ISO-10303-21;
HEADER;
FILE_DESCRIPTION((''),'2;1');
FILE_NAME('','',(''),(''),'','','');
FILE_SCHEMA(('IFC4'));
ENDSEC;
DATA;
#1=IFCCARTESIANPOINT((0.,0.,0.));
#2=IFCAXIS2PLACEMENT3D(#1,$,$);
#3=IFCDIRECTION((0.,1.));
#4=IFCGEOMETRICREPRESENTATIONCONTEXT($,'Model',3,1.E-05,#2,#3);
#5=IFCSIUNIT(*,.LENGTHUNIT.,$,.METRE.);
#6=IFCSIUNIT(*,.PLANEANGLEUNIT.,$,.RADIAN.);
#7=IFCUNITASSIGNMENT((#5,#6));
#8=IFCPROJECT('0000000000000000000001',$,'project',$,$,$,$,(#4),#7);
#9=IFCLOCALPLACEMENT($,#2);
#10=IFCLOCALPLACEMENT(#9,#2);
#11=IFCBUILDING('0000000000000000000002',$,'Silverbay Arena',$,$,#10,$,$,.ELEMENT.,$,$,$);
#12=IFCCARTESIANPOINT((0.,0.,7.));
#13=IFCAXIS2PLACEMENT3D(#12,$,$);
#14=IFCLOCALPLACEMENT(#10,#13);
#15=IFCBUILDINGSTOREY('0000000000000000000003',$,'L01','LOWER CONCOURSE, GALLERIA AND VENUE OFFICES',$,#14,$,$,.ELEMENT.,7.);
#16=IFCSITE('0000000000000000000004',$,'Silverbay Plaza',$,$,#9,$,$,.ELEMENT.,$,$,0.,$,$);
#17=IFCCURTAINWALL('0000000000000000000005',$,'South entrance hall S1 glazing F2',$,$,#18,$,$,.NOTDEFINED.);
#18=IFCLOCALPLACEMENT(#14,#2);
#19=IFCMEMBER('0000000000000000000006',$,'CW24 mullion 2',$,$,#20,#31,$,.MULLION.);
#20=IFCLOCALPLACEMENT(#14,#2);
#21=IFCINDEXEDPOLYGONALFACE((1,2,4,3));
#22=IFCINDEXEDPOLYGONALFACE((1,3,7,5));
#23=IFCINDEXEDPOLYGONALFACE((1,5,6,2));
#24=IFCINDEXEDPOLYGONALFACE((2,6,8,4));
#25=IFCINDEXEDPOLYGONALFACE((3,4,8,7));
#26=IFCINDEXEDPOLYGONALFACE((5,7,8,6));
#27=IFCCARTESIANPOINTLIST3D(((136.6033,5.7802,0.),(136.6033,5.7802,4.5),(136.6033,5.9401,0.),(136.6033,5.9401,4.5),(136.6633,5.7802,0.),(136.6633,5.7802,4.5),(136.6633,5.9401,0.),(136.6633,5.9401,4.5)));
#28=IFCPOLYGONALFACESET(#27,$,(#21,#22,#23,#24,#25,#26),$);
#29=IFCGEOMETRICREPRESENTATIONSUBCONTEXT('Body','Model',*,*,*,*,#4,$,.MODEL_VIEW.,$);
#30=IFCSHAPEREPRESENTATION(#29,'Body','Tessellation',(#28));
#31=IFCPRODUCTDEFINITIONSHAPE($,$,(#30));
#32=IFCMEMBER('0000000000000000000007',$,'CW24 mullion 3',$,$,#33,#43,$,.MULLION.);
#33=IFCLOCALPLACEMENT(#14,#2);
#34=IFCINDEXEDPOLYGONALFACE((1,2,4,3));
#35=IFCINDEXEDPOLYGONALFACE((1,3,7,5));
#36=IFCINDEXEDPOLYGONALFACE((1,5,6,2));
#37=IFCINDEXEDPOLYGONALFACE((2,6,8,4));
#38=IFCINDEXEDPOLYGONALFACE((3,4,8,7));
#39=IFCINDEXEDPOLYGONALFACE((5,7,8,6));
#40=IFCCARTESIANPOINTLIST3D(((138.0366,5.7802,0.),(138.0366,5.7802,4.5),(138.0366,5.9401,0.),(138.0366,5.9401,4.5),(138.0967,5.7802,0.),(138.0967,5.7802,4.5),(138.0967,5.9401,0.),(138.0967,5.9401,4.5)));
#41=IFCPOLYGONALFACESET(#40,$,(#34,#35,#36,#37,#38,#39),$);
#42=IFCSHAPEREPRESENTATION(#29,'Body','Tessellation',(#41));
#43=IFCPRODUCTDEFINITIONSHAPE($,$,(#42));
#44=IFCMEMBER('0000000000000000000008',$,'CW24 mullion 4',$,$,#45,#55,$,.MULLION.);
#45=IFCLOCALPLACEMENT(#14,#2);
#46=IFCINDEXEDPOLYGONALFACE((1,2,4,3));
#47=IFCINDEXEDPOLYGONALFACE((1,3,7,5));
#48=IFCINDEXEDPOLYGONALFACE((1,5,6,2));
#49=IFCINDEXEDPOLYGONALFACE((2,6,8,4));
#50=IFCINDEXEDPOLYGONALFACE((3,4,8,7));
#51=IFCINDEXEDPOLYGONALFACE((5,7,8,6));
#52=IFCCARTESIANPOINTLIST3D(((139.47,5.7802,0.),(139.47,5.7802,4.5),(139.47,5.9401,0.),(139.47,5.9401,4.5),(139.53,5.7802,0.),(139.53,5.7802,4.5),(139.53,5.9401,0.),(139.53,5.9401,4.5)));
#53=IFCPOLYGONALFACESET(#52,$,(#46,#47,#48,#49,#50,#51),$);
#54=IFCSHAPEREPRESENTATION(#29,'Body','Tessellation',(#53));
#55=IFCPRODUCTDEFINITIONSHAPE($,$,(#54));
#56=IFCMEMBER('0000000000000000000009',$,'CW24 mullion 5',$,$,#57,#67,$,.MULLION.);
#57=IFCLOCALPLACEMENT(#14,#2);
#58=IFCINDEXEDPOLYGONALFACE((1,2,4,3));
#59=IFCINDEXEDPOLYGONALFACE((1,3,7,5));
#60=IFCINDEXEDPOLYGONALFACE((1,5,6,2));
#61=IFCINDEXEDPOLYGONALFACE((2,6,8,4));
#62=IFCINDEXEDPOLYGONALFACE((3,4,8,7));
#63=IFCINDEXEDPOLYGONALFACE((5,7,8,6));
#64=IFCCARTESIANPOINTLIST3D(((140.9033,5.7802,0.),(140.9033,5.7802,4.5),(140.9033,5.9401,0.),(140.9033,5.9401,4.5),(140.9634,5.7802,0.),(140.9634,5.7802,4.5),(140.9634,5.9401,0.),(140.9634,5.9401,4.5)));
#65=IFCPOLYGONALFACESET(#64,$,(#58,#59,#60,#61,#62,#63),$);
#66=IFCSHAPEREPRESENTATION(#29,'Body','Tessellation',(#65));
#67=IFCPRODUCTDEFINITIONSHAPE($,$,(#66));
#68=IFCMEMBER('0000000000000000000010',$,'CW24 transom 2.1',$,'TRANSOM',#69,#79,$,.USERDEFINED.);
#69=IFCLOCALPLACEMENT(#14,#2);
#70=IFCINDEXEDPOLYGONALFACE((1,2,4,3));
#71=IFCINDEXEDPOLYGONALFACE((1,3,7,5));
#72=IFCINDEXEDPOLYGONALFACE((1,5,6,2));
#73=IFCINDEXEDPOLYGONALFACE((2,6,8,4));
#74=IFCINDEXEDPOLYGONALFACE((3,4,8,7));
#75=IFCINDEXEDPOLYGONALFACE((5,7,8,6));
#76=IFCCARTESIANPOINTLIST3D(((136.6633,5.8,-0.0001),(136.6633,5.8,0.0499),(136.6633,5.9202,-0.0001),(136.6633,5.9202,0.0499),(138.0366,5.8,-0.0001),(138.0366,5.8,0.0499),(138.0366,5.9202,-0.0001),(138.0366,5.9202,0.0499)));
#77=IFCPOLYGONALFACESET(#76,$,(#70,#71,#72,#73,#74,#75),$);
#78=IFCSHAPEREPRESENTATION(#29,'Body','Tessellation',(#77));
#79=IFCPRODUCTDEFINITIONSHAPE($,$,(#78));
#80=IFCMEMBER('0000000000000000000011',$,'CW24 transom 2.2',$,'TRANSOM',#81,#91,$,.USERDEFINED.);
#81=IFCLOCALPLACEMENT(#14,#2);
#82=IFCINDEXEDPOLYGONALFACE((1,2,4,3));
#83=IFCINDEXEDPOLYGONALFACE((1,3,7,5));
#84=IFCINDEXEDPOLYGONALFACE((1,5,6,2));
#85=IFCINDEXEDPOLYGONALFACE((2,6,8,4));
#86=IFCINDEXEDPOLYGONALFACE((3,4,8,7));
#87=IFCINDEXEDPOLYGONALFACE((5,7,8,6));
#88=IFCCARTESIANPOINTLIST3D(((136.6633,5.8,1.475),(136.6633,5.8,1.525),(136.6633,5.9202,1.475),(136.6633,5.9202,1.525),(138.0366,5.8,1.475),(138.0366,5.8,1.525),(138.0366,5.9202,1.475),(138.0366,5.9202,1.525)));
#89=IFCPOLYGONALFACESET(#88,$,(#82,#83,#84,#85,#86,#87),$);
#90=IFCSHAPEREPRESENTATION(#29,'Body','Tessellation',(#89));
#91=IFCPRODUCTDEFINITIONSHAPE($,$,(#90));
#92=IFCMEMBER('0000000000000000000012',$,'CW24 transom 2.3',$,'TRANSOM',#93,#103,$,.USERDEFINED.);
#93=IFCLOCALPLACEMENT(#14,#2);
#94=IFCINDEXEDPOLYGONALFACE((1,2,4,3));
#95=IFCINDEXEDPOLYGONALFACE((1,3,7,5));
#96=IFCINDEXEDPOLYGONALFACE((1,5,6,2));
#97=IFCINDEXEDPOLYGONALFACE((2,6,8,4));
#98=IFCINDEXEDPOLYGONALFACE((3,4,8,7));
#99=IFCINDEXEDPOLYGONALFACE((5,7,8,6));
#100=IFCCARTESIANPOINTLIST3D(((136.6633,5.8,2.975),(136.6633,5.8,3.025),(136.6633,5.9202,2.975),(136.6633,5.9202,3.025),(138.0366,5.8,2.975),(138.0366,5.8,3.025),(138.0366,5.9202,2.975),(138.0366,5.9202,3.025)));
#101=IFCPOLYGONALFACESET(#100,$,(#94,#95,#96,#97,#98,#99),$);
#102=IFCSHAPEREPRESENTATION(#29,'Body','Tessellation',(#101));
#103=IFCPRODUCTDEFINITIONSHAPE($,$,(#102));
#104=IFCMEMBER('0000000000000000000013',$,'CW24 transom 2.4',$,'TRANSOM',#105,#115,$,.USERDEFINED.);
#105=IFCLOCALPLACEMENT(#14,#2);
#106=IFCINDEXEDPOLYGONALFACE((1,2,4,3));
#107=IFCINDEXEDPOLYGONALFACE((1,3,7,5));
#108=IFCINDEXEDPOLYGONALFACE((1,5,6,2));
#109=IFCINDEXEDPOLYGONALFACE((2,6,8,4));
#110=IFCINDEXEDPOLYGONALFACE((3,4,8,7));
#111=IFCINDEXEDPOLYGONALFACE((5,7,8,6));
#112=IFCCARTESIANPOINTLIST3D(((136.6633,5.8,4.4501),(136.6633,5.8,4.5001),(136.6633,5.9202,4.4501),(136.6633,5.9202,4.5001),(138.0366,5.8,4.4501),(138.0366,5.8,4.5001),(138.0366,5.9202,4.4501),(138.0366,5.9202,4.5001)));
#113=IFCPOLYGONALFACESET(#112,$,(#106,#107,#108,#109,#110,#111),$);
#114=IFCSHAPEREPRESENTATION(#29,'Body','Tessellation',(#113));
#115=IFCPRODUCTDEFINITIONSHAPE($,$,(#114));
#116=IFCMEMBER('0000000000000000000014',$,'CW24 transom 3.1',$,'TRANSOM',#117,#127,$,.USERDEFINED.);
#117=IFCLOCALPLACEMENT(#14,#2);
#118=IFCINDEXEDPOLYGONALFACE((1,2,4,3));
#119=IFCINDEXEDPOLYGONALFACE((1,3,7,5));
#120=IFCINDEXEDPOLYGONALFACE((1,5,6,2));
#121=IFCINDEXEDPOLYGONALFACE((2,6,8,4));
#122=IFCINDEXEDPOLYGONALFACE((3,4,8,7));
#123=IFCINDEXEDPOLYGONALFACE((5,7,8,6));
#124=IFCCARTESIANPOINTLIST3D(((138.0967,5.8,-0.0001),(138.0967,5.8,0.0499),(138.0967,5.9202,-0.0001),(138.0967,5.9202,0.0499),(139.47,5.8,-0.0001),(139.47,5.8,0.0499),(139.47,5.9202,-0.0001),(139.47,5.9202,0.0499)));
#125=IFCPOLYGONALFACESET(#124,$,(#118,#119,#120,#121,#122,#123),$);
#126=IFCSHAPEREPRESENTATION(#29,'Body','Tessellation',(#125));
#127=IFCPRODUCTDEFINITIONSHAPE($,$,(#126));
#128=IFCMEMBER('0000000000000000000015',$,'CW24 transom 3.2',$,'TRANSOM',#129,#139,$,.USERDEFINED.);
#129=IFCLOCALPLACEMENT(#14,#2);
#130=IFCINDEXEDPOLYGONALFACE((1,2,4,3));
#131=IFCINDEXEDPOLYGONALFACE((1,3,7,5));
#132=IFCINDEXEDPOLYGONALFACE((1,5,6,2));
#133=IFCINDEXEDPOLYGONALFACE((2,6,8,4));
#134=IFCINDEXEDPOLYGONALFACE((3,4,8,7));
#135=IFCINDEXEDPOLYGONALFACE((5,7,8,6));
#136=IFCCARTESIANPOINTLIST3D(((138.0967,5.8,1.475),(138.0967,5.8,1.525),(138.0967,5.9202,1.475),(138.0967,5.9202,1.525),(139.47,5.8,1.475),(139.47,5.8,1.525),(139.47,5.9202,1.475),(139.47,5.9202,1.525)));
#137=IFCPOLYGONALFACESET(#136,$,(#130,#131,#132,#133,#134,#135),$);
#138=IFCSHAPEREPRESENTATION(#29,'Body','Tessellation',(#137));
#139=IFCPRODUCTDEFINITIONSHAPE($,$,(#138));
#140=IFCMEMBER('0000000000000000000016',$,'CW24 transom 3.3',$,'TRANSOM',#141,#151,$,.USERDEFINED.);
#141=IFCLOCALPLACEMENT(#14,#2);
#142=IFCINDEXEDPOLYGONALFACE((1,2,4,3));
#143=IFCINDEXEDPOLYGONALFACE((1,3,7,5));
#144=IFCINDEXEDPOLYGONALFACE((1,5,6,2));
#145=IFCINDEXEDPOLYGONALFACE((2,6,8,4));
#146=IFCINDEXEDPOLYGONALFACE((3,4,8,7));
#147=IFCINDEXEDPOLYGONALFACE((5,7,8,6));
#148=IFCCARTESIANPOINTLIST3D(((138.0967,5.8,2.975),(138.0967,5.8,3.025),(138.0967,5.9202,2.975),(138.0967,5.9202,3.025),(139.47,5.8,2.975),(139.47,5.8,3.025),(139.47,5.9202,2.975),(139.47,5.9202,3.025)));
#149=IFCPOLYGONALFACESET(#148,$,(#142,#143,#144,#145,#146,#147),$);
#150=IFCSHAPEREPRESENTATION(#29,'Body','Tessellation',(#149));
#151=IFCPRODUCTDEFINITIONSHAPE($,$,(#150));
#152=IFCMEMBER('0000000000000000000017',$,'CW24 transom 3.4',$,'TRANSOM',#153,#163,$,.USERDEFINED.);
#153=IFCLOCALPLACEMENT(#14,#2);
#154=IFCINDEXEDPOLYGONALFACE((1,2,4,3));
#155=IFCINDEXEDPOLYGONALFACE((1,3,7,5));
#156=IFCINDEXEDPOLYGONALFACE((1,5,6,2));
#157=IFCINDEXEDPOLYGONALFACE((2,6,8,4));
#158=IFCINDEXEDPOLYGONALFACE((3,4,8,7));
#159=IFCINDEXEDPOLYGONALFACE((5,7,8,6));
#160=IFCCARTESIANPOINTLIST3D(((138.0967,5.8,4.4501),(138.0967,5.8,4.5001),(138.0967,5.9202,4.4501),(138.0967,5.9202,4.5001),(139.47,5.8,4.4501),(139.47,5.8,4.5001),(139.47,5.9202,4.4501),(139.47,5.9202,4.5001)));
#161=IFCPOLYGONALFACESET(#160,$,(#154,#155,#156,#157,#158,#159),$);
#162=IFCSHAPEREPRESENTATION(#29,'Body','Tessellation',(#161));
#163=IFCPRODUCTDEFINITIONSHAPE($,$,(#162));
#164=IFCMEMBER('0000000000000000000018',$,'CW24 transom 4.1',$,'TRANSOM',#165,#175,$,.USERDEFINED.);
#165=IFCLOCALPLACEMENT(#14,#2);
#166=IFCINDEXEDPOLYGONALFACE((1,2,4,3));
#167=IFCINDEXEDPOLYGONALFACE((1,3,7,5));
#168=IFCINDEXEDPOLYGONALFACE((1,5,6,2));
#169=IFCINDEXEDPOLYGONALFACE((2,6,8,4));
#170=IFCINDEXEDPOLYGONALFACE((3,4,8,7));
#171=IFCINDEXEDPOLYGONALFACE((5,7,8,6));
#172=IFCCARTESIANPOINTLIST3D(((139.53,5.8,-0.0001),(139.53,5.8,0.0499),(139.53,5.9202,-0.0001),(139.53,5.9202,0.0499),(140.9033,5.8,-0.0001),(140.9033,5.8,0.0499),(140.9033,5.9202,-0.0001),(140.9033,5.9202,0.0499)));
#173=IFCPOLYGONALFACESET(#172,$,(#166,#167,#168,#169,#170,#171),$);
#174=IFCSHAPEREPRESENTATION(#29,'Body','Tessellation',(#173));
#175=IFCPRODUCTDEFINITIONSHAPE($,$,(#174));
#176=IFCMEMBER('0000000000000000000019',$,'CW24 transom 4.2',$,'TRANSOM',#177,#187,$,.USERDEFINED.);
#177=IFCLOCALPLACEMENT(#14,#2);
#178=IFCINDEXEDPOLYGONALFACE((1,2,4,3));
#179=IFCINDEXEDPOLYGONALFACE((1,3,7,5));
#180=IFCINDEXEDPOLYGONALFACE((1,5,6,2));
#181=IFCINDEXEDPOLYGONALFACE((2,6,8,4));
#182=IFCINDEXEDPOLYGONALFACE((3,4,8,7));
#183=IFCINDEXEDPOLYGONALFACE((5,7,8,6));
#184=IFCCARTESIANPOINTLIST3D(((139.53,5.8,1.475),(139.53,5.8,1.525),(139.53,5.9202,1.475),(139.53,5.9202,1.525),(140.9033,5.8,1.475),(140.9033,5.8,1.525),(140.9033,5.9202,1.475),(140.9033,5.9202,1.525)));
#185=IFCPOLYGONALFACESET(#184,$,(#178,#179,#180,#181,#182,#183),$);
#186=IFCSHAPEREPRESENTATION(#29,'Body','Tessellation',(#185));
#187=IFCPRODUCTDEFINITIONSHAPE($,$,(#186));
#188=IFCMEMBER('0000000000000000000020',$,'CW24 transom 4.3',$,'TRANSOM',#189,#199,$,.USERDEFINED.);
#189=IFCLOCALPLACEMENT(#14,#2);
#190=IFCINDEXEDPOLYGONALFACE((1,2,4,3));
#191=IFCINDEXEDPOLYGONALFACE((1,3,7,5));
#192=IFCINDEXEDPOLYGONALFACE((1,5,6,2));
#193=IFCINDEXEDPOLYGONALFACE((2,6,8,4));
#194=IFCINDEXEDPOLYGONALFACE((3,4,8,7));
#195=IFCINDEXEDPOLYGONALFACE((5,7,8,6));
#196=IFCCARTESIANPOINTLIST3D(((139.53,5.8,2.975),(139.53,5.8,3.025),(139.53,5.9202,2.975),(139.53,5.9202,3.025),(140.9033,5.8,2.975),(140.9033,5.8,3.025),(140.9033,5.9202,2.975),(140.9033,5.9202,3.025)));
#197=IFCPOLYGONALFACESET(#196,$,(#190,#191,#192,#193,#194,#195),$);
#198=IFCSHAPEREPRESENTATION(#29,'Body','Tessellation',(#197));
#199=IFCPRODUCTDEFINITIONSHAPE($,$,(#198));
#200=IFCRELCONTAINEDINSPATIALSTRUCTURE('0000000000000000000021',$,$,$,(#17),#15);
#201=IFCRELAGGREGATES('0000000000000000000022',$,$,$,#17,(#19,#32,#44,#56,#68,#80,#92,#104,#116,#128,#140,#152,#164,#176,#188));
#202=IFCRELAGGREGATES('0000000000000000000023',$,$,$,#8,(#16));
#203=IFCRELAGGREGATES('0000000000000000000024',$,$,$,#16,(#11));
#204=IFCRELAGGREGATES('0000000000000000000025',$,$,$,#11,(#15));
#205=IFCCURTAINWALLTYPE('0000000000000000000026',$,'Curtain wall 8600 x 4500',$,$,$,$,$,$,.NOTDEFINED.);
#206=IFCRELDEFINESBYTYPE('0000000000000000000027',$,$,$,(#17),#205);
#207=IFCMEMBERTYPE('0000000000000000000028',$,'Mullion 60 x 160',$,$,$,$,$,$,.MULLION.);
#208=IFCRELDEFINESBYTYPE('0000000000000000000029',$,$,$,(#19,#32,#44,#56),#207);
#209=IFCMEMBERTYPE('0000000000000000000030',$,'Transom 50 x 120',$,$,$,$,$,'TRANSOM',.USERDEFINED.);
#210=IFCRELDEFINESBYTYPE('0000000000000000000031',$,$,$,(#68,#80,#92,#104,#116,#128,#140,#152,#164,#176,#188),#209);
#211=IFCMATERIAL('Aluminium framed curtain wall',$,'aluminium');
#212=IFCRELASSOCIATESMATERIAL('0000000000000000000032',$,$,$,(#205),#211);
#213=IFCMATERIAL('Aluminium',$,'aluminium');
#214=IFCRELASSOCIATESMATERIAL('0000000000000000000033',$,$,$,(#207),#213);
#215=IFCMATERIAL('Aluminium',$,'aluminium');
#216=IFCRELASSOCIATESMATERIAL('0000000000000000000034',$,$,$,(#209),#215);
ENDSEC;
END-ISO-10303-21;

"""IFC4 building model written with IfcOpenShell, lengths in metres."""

from ifc_helpers import new_model, si_unit, direction, frame, origin, origin_2d, place, context, subcontext, project, spatial, rectangle, extrude, material, material_profile, profile_set, type_object, element, aggregate, save


model = new_model("IFC4")

# Units and contexts
model_context = context("Model", 3, precision=1e-05, world=origin(), true_north=direction((0.0, 1.0)))
body_context = subcontext(model_context, "Body", "Model", "MODEL_VIEW")
ifc_project = project(units=[si_unit("LENGTHUNIT", "METRE"), si_unit("PLANEANGLEUNIT", "RADIAN")], contexts=[model_context])

# Site, building, storey
site_placement = place(None, origin())
site = spatial("IfcSite", under=ifc_project, at=site_placement, Name="Silverbay Plaza", CompositionType="ELEMENT", RefElevation=0.0)
building_placement = place(site_placement, origin())
building = spatial("IfcBuilding", under=site, at=building_placement, Name="Silverbay Arena", CompositionType="ELEMENT")
storey_placement = place(building_placement, frame((0.0, 0.0, 7.0)))
storey = spatial("IfcBuildingStorey", under=building, at=storey_placement, Name="L01", Description="LOWER CONCOURSE, GALLERIA AND VENUE OFFICES", CompositionType="ELEMENT", Elevation=7.0)

# Curtain wall, members
ifc_material_1 = material(Name="Aluminium framed curtain wall", Category="aluminium")
curtain_wall_type = type_object("IfcCurtainWallType", Name="Curtain wall 8600 x 4500", PredefinedType="NOTDEFINED", material=ifc_material_1)
curtain_wall_placement = place(storey_placement, origin())
curtain_wall = element("IfcCurtainWall", 1, at=curtain_wall_placement, inside=storey, type_object=curtain_wall_type, Name="South entrance hall S1 glazing F2", PredefinedType="NOTDEFINED")
ifc_material_2 = material(Name="Aluminium", Category="aluminium")
ifc_material_profile_1 = material_profile(ifc_material_2, rectangle(XDim=0.1599, YDim=0.0601, at=origin_2d()), Name="Mullion 60 x 160")
ifc_profile_set_1 = profile_set([ifc_material_profile_1], Name="Aluminium")
member_type_1 = type_object("IfcMemberType", Name="Mullion 60 x 160", PredefinedType="MULLION", material=ifc_profile_set_1)
member_1_placement = place(storey_placement, frame((136.6333, 5.8601, 0.0), z_axis=(0.0, 0.0, 1.0), x_axis=(0.0, 1.0, 0.0)))
member_1 = element("IfcMember", 2, at=member_1_placement, type_object=member_type_1, Name="CW24 mullion 2", PredefinedType="MULLION", context=body_context, shape_type="SweptSolid", body=[
    extrude(rectangle(XDim=0.1599, YDim=0.0601, at=origin_2d()), origin(), (0.0, 0.0, 1.0), 4.5),
])
member_2_placement = place(storey_placement, frame((138.0667, 5.8601, 0.0), z_axis=(0.0, 0.0, 1.0), x_axis=(0.0, 1.0, 0.0)))
member_2 = element("IfcMember", 3, at=member_2_placement, type_object=member_type_1, Name="CW24 mullion 3", PredefinedType="MULLION", context=body_context, shape_type="SweptSolid", body=[
    extrude(rectangle(XDim=0.1599, YDim=0.0601, at=origin_2d()), origin(), (0.0, 0.0, 1.0), 4.5),
])
member_3_placement = place(storey_placement, frame((139.5, 5.8601, 0.0), z_axis=(0.0, 0.0, 1.0), x_axis=(0.0, 1.0, 0.0)))
member_3 = element("IfcMember", 4, at=member_3_placement, type_object=member_type_1, Name="CW24 mullion 4", PredefinedType="MULLION", context=body_context, shape_type="SweptSolid", body=[
    extrude(rectangle(XDim=0.1599, YDim=0.0601, at=origin_2d()), origin(), (0.0, 0.0, 1.0), 4.5),
])
member_4_placement = place(storey_placement, frame((140.9333, 5.8601, 0.0), z_axis=(0.0, 0.0, 1.0), x_axis=(0.0, 1.0, 0.0)))
member_4 = element("IfcMember", 5, at=member_4_placement, type_object=member_type_1, Name="CW24 mullion 5", PredefinedType="MULLION", context=body_context, shape_type="SweptSolid", body=[
    extrude(rectangle(XDim=0.1599, YDim=0.0601, at=origin_2d()), origin(), (0.0, 0.0, 1.0), 4.5),
])
ifc_material_3 = material(Name="Aluminium", Category="aluminium")
ifc_material_profile_2 = material_profile(ifc_material_3, rectangle(XDim=0.1201, YDim=0.05, at=origin_2d()), Name="Transom 50 x 120")
ifc_profile_set_2 = profile_set([ifc_material_profile_2], Name="Aluminium")
member_type_2 = type_object("IfcMemberType", Name="Transom 50 x 120", ElementType="TRANSOM", PredefinedType="USERDEFINED", material=ifc_profile_set_2)
member_5_placement = place(storey_placement, frame((136.6633, 5.8601, 0.0249), z_axis=(1.0, 0.0, 0.0), x_axis=(0.0, 1.0, 0.0)))
member_5 = element("IfcMember", 6, at=member_5_placement, type_object=member_type_2, Name="CW24 transom 2.1", ObjectType="TRANSOM", PredefinedType="USERDEFINED", context=body_context, shape_type="SweptSolid", body=[
    extrude(rectangle(XDim=0.1201, YDim=0.05, at=origin_2d()), origin(), (0.0, 0.0, 1.0), 1.3733),
])
member_6_placement = place(storey_placement, frame((136.6633, 5.8601, 1.5), z_axis=(1.0, 0.0, 0.0), x_axis=(0.0, 1.0, 0.0)))
member_6 = element("IfcMember", 7, at=member_6_placement, type_object=member_type_2, Name="CW24 transom 2.2", ObjectType="TRANSOM", PredefinedType="USERDEFINED", context=body_context, shape_type="SweptSolid", body=[
    extrude(rectangle(XDim=0.1201, YDim=0.05, at=origin_2d()), origin(), (0.0, 0.0, 1.0), 1.3733),
])
member_7_placement = place(storey_placement, frame((136.6633, 5.8601, 3.0), z_axis=(1.0, 0.0, 0.0), x_axis=(0.0, 1.0, 0.0)))
member_7 = element("IfcMember", 8, at=member_7_placement, type_object=member_type_2, Name="CW24 transom 2.3", ObjectType="TRANSOM", PredefinedType="USERDEFINED", context=body_context, shape_type="SweptSolid", body=[
    extrude(rectangle(XDim=0.1201, YDim=0.05, at=origin_2d()), origin(), (0.0, 0.0, 1.0), 1.3733),
])
member_8_placement = place(storey_placement, frame((136.6633, 5.8601, 4.4751), z_axis=(1.0, 0.0, 0.0), x_axis=(0.0, 1.0, 0.0)))
member_8 = element("IfcMember", 9, at=member_8_placement, type_object=member_type_2, Name="CW24 transom 2.4", ObjectType="TRANSOM", PredefinedType="USERDEFINED", context=body_context, shape_type="SweptSolid", body=[
    extrude(rectangle(XDim=0.1201, YDim=0.05, at=origin_2d()), origin(), (0.0, 0.0, 1.0), 1.3733),
])
member_9_placement = place(storey_placement, frame((138.0967, 5.8601, 0.0249), z_axis=(1.0, 0.0, 0.0), x_axis=(0.0, 1.0, 0.0)))
member_9 = element("IfcMember", 10, at=member_9_placement, type_object=member_type_2, Name="CW24 transom 3.1", ObjectType="TRANSOM", PredefinedType="USERDEFINED", context=body_context, shape_type="SweptSolid", body=[
    extrude(rectangle(XDim=0.1201, YDim=0.05, at=origin_2d()), origin(), (0.0, 0.0, 1.0), 1.3733),
])
member_10_placement = place(storey_placement, frame((138.0967, 5.8601, 1.5), z_axis=(1.0, 0.0, 0.0), x_axis=(0.0, 1.0, 0.0)))
member_10 = element("IfcMember", 11, at=member_10_placement, type_object=member_type_2, Name="CW24 transom 3.2", ObjectType="TRANSOM", PredefinedType="USERDEFINED", context=body_context, shape_type="SweptSolid", body=[
    extrude(rectangle(XDim=0.1201, YDim=0.05, at=origin_2d()), origin(), (0.0, 0.0, 1.0), 1.3733),
])
member_11_placement = place(storey_placement, frame((138.0967, 5.8601, 3.0), z_axis=(1.0, 0.0, 0.0), x_axis=(0.0, 1.0, 0.0)))
member_11 = element("IfcMember", 12, at=member_11_placement, type_object=member_type_2, Name="CW24 transom 3.3", ObjectType="TRANSOM", PredefinedType="USERDEFINED", context=body_context, shape_type="SweptSolid", body=[
    extrude(rectangle(XDim=0.1201, YDim=0.05, at=origin_2d()), origin(), (0.0, 0.0, 1.0), 1.3733),
])
member_12_placement = place(storey_placement, frame((138.0967, 5.8601, 4.4751), z_axis=(1.0, 0.0, 0.0), x_axis=(0.0, 1.0, 0.0)))
member_12 = element("IfcMember", 13, at=member_12_placement, type_object=member_type_2, Name="CW24 transom 3.4", ObjectType="TRANSOM", PredefinedType="USERDEFINED", context=body_context, shape_type="SweptSolid", body=[
    extrude(rectangle(XDim=0.1201, YDim=0.05, at=origin_2d()), origin(), (0.0, 0.0, 1.0), 1.3733),
])
member_13_placement = place(storey_placement, frame((139.53, 5.8601, 0.0249), z_axis=(1.0, 0.0, 0.0), x_axis=(0.0, 1.0, 0.0)))
member_13 = element("IfcMember", 14, at=member_13_placement, type_object=member_type_2, Name="CW24 transom 4.1", ObjectType="TRANSOM", PredefinedType="USERDEFINED", context=body_context, shape_type="SweptSolid", body=[
    extrude(rectangle(XDim=0.1201, YDim=0.05, at=origin_2d()), origin(), (0.0, 0.0, 1.0), 1.3733),
])
member_14_placement = place(storey_placement, frame((139.53, 5.8601, 1.5), z_axis=(1.0, 0.0, 0.0), x_axis=(0.0, 1.0, 0.0)))
member_14 = element("IfcMember", 15, at=member_14_placement, type_object=member_type_2, Name="CW24 transom 4.2", ObjectType="TRANSOM", PredefinedType="USERDEFINED", context=body_context, shape_type="SweptSolid", body=[
    extrude(rectangle(XDim=0.1201, YDim=0.05, at=origin_2d()), origin(), (0.0, 0.0, 1.0), 1.3733),
])
member_15_placement = place(storey_placement, frame((139.53, 5.8601, 3.0), z_axis=(1.0, 0.0, 0.0), x_axis=(0.0, 1.0, 0.0)))
member_15 = element("IfcMember", 16, at=member_15_placement, type_object=member_type_2, Name="CW24 transom 4.3", ObjectType="TRANSOM", PredefinedType="USERDEFINED", context=body_context, shape_type="SweptSolid", body=[
    extrude(rectangle(XDim=0.1201, YDim=0.05, at=origin_2d()), origin(), (0.0, 0.0, 1.0), 1.3733),
])
aggregate(curtain_wall, [member_1, member_2, member_3, member_4, member_5, member_6, member_7, member_8, member_9, member_10, member_11, member_12, member_13, member_14, member_15])

save(model, "model.ifc")
